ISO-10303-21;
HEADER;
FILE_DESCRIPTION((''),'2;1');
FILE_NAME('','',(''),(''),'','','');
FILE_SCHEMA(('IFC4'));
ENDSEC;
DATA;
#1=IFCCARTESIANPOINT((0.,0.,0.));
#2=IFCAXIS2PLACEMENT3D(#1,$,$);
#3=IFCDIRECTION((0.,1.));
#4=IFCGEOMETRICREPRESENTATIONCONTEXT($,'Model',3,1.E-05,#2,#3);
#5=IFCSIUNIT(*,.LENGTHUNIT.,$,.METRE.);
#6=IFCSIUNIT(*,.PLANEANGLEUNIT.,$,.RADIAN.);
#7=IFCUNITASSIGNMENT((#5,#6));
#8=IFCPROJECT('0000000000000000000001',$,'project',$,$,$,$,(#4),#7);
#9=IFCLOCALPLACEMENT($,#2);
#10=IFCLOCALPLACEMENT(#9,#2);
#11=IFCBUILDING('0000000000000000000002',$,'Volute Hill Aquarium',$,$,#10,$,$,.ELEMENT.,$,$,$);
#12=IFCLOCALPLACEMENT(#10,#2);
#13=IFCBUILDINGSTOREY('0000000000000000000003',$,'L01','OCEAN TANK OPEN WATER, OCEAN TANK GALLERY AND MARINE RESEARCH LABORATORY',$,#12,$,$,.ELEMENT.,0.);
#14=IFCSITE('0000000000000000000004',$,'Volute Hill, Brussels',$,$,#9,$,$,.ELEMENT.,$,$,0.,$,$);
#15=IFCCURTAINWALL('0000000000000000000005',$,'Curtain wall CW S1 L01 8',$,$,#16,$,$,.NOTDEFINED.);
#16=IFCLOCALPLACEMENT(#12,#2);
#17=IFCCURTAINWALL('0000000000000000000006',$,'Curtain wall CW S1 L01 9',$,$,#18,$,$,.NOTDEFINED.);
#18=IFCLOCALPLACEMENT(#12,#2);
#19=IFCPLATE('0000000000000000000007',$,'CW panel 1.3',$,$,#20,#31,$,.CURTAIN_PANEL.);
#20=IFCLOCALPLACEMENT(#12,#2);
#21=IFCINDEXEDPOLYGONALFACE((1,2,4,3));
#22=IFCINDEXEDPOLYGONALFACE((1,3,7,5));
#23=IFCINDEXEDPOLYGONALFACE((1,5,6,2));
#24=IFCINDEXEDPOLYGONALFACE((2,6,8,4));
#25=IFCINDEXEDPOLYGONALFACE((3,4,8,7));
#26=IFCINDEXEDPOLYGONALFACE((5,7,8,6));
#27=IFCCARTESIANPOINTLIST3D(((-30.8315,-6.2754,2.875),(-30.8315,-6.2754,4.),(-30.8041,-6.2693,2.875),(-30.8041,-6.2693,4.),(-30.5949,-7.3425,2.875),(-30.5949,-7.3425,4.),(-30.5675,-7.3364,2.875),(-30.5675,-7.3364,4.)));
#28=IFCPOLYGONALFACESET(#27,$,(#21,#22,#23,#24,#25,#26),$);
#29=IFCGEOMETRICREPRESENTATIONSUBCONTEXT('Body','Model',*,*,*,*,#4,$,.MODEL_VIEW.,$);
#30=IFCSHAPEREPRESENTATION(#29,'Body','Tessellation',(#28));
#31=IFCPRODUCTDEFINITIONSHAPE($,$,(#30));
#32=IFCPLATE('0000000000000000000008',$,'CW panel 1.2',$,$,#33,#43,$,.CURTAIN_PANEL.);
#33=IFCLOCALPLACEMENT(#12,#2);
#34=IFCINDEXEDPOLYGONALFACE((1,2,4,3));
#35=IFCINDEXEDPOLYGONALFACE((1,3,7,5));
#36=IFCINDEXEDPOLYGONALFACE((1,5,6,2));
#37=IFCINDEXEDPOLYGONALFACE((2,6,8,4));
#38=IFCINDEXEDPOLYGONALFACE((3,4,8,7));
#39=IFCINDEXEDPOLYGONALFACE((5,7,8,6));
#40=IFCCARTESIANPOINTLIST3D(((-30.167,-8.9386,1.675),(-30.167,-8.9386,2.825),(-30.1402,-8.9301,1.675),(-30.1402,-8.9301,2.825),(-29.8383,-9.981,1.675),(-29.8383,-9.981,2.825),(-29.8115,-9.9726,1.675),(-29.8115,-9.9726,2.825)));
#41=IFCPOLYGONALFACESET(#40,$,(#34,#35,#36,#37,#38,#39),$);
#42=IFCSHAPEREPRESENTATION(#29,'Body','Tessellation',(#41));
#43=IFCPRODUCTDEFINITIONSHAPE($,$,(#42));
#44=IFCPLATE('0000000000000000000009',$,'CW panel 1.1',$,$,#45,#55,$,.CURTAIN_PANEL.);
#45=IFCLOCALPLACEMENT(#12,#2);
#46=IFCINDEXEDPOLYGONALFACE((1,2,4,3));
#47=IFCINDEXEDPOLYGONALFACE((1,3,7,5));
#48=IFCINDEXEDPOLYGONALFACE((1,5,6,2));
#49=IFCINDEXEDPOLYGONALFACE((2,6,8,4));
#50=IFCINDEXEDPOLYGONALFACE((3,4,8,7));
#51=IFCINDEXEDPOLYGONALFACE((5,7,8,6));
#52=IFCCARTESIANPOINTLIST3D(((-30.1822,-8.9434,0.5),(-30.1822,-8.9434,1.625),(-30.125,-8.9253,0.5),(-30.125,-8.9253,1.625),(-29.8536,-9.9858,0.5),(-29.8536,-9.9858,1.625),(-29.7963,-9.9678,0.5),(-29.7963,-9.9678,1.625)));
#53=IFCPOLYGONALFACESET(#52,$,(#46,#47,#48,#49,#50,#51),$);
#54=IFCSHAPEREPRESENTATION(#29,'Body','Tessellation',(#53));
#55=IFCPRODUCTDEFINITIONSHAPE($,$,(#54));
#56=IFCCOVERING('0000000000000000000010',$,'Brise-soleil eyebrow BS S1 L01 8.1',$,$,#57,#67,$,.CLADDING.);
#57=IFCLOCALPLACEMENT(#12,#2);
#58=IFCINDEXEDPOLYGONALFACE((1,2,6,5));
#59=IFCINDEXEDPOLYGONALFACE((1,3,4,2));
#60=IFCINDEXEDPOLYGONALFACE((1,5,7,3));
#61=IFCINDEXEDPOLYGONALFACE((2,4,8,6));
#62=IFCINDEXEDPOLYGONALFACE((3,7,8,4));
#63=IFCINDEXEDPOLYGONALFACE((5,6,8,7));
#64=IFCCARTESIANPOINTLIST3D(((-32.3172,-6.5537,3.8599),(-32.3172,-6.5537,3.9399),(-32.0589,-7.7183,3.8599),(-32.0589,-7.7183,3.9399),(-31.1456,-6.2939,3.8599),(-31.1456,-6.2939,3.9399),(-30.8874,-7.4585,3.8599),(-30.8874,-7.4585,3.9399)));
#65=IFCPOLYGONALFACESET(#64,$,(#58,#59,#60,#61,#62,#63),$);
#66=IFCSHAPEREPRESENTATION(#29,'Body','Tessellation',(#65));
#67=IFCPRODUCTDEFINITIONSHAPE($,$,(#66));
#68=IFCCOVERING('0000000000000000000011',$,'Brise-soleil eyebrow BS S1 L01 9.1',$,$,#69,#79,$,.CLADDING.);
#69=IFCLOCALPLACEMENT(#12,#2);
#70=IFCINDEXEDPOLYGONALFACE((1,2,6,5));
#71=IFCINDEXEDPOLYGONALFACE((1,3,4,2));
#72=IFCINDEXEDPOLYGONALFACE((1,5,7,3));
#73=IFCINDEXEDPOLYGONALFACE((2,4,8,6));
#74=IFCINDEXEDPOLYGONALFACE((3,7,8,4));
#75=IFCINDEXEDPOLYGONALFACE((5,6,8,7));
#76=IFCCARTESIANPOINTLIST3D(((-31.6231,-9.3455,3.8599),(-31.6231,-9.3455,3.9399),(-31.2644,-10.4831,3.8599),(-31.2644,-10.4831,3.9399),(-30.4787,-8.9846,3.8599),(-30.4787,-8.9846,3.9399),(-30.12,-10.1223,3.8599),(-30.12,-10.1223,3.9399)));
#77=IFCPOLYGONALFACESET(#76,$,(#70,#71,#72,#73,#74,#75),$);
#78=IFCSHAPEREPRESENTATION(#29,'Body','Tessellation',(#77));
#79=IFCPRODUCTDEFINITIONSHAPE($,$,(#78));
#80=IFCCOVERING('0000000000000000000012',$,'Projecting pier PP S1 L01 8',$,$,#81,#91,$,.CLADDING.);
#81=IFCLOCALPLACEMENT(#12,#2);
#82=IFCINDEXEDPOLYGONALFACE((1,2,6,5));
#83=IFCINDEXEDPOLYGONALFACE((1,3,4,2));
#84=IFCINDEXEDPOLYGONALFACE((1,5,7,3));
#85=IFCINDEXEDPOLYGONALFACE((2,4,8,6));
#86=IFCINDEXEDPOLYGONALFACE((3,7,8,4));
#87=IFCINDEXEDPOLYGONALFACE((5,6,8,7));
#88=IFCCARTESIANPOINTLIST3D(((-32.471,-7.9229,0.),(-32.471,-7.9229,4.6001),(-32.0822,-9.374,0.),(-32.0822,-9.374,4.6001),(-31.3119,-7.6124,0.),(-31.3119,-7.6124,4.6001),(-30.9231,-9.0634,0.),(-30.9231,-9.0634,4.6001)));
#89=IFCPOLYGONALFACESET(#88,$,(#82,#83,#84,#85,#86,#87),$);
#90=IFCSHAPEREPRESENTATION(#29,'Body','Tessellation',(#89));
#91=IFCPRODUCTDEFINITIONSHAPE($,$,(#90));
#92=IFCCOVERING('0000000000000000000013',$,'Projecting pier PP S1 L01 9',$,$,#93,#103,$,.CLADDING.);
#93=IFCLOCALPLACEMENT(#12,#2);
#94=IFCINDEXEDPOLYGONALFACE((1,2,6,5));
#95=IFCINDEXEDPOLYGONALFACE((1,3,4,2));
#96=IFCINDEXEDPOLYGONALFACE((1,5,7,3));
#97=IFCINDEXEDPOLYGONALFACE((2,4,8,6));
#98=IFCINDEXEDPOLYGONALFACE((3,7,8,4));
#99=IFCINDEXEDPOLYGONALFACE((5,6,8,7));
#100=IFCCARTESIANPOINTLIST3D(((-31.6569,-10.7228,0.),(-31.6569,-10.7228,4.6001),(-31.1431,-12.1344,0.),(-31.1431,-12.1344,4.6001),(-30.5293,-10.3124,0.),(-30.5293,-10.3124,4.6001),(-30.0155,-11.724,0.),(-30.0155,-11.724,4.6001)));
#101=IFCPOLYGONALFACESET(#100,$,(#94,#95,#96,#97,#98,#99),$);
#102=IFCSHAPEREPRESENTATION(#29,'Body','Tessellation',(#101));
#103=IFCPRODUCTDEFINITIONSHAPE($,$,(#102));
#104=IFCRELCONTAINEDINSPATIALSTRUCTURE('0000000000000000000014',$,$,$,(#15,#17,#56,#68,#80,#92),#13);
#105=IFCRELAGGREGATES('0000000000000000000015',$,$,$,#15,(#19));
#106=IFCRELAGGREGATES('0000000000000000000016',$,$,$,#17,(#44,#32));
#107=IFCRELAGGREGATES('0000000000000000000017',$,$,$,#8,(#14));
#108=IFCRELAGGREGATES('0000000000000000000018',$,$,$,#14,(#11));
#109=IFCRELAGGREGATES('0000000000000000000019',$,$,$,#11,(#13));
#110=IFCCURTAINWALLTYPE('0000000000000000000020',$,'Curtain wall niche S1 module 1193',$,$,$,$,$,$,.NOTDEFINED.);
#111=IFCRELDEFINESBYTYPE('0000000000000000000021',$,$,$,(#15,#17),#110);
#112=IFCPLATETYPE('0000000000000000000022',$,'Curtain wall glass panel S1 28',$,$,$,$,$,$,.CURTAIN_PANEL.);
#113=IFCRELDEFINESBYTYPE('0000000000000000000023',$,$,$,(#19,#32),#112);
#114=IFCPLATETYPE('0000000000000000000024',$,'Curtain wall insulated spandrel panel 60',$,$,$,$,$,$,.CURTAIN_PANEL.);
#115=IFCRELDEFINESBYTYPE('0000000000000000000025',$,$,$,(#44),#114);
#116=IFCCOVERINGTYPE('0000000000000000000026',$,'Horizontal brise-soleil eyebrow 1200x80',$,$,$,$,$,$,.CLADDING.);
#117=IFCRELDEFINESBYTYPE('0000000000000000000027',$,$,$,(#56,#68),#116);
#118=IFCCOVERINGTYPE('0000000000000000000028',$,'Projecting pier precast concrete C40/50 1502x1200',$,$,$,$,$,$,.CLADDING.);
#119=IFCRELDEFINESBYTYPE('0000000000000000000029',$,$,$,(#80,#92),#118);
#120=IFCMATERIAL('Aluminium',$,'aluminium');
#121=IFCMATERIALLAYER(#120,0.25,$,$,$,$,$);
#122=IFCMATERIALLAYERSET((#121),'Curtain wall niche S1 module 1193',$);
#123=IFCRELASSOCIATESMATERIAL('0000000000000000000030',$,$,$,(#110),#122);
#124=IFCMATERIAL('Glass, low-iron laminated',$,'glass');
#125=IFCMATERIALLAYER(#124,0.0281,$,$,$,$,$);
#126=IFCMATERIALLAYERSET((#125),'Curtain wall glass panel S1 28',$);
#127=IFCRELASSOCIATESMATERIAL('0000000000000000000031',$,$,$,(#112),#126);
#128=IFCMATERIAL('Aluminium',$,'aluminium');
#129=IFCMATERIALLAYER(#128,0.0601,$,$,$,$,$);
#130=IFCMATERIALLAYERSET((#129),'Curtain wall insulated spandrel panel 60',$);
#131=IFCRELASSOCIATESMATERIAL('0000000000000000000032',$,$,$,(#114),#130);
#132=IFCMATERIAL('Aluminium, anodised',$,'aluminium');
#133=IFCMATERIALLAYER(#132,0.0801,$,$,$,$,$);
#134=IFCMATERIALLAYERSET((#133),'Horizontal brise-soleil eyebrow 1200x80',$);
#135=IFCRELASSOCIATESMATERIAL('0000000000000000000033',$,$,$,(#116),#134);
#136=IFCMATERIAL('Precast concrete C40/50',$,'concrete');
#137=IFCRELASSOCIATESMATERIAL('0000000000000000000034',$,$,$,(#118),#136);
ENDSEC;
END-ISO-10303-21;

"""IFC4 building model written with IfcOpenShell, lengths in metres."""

from ifc_helpers import new_model, si_unit, direction, frame, origin, origin_2d, place, context, subcontext, project, spatial, rectangle, extrude, material, layer, layer_set, type_object, element, aggregate, save


model = new_model("IFC4")

# Units and contexts
model_context = context("Model", 3, precision=1e-05, world=origin(), true_north=direction((0.0, 1.0)))
body_context = subcontext(model_context, "Body", "Model", "MODEL_VIEW")
ifc_project = project(units=[si_unit("LENGTHUNIT", "METRE"), si_unit("PLANEANGLEUNIT", "RADIAN")], contexts=[model_context])

# Site, building, storey
site_placement = place(None, origin())
site = spatial("IfcSite", under=ifc_project, at=site_placement, Name="Volute Hill, Brussels", CompositionType="ELEMENT", RefElevation=0.0)
building_placement = place(site_placement, origin())
building = spatial("IfcBuilding", under=site, at=building_placement, Name="Volute Hill Aquarium", CompositionType="ELEMENT")
storey_placement = place(building_placement, origin())
storey = spatial("IfcBuildingStorey", under=building, at=storey_placement, Name="L01", Description="OCEAN TANK OPEN WATER, OCEAN TANK GALLERY AND MARINE RESEARCH LABORATORY", CompositionType="ELEMENT", Elevation=0.0)

# Curtain walls
ifc_material_1 = material(Name="Aluminium", Category="aluminium")
ifc_layer_1 = layer(ifc_material_1, 0.25)
ifc_layer_set_1 = layer_set([ifc_layer_1], Name="Curtain wall niche S1 module 1193")
curtain_wall_type = type_object("IfcCurtainWallType", Name="Curtain wall niche S1 module 1193", PredefinedType="NOTDEFINED", material=ifc_layer_set_1)
curtain_wall_1_placement = place(storey_placement, origin())
curtain_wall_1 = element("IfcCurtainWall", 1, at=curtain_wall_1_placement, inside=storey, type_object=curtain_wall_type, Name="Curtain wall CW S1 L01 8", PredefinedType="NOTDEFINED")
curtain_wall_2_placement = place(storey_placement, origin())
curtain_wall_2 = element("IfcCurtainWall", 2, at=curtain_wall_2_placement, inside=storey, type_object=curtain_wall_type, Name="Curtain wall CW S1 L01 9", PredefinedType="NOTDEFINED")

# Plates
ifc_material_2 = material(Name="Glass, low-iron laminated", Category="glass")
ifc_layer_2 = layer(ifc_material_2, 0.0281)
ifc_layer_set_2 = layer_set([ifc_layer_2], Name="Curtain wall glass panel S1 28")
plate_type_1 = type_object("IfcPlateType", Name="Curtain wall glass panel S1 28", PredefinedType="CURTAIN_PANEL", material=ifc_layer_set_2)
plate_1_placement = place(storey_placement, frame((-30.6995, -6.8059, 2.875), z_axis=(0.0, 0.0, 1.0), x_axis=(0.216456, -0.976292, 0.0)))
plate_1 = element("IfcPlate", 3, at=plate_1_placement, type_object=plate_type_1, Name="CW panel 1.3", PredefinedType="CURTAIN_PANEL", context=body_context, shape_type="SweptSolid", body=[
    extrude(rectangle(XDim=1.093, YDim=0.0281, at=origin_2d()), origin(), (0.0, 0.0, 1.0), 1.125),
])
aggregate(curtain_wall_1, [plate_1])
plate_2_placement = place(storey_placement, frame((-29.9893, -9.4556, 1.675), z_axis=(0.0, 0.0, 1.0), x_axis=(0.3007, -0.953719, 0.0)))
plate_2 = element("IfcPlate", 4, at=plate_2_placement, type_object=plate_type_1, Name="CW panel 1.2", PredefinedType="CURTAIN_PANEL", context=body_context, shape_type="SweptSolid", body=[
    extrude(rectangle(XDim=1.093, YDim=0.0281, at=origin_2d()), origin(), (0.0, 0.0, 1.0), 1.1499),
])
ifc_material_3 = material(Name="Aluminium", Category="aluminium")
ifc_layer_3 = layer(ifc_material_3, 0.0601)
ifc_layer_set_3 = layer_set([ifc_layer_3], Name="Curtain wall insulated spandrel panel 60")
plate_type_2 = type_object("IfcPlateType", Name="Curtain wall insulated spandrel panel 60", PredefinedType="CURTAIN_PANEL", material=ifc_layer_set_3)
plate_3_placement = place(storey_placement, frame((-29.9893, -9.4556, 0.5), z_axis=(0.0, 0.0, 1.0), x_axis=(0.3007, -0.953719, 0.0)))
plate_3 = element("IfcPlate", 5, at=plate_3_placement, type_object=plate_type_2, Name="CW panel 1.1", PredefinedType="CURTAIN_PANEL", context=body_context, shape_type="SweptSolid", body=[
    extrude(rectangle(XDim=1.093, YDim=0.0601, at=origin_2d()), origin(), (0.0, 0.0, 1.0), 1.125),
])
aggregate(curtain_wall_2, [plate_3, plate_2])

# Coverings
ifc_material_4 = material(Name="Aluminium, anodised", Category="aluminium")
ifc_layer_4 = layer(ifc_material_4, 0.0801)
ifc_layer_set_4 = layer_set([ifc_layer_4], Name="Horizontal brise-soleil eyebrow 1200x80")
covering_type_1 = type_object("IfcCoveringType", Name="Horizontal brise-soleil eyebrow 1200x80", PredefinedType="CLADDING", material=ifc_layer_set_4)
for number, where, z_axis, x_axis, name in (
    (6, (-31.6023, -7.0061, 3.8599), (0.0, 0.0, 1.0), (0.216461, -0.976291, 0.0), "Brise-soleil eyebrow BS S1 L01 8.1"),
    (7, (-30.8716, -9.7339, 3.8599), (0.0, 0.0, 1.0), (0.3007, -0.953719, 0.0), "Brise-soleil eyebrow BS S1 L01 9.1"),
):
    element("IfcCovering", number, at=place(storey_placement, frame(where, z_axis=z_axis, x_axis=x_axis)), inside=storey, type_object=covering_type_1, Name=name, PredefinedType="CLADDING", context=body_context, shape_type="SweptSolid", body=[
        extrude(rectangle(XDim=1.1929, YDim=1.2, at=origin_2d()), origin(), (0.0, 0.0, 1.0), 0.0801),
    ])
ifc_material_5 = material(Name="Precast concrete C40/50", Category="concrete")
covering_type_2 = type_object("IfcCoveringType", Name="Projecting pier precast concrete C40/50 1502x1200", PredefinedType="CLADDING", material=ifc_material_5)
for number, where, z_axis, x_axis, name in (
    (8, (-31.697, -8.4932, 0.0), (0.0, 0.0, 1.0), (0.258819, -0.965926, 0.0), "Projecting pier PP S1 L01 8"),
    (9, (-30.8362, -11.2234, 0.0), (0.0, 0.0, 1.0), (0.34202, -0.939693, 0.0), "Projecting pier PP S1 L01 9"),
):
    element("IfcCovering", number, at=place(storey_placement, frame(where, z_axis=z_axis, x_axis=x_axis)), inside=storey, type_object=covering_type_2, Name=name, PredefinedType="CLADDING", context=body_context, shape_type="SweptSolid", body=[
        extrude(rectangle(XDim=1.5022, YDim=1.2, at=origin_2d()), origin(), (0.0, 0.0, 1.0), 4.6001),
    ])

save(model, "model.ifc")
